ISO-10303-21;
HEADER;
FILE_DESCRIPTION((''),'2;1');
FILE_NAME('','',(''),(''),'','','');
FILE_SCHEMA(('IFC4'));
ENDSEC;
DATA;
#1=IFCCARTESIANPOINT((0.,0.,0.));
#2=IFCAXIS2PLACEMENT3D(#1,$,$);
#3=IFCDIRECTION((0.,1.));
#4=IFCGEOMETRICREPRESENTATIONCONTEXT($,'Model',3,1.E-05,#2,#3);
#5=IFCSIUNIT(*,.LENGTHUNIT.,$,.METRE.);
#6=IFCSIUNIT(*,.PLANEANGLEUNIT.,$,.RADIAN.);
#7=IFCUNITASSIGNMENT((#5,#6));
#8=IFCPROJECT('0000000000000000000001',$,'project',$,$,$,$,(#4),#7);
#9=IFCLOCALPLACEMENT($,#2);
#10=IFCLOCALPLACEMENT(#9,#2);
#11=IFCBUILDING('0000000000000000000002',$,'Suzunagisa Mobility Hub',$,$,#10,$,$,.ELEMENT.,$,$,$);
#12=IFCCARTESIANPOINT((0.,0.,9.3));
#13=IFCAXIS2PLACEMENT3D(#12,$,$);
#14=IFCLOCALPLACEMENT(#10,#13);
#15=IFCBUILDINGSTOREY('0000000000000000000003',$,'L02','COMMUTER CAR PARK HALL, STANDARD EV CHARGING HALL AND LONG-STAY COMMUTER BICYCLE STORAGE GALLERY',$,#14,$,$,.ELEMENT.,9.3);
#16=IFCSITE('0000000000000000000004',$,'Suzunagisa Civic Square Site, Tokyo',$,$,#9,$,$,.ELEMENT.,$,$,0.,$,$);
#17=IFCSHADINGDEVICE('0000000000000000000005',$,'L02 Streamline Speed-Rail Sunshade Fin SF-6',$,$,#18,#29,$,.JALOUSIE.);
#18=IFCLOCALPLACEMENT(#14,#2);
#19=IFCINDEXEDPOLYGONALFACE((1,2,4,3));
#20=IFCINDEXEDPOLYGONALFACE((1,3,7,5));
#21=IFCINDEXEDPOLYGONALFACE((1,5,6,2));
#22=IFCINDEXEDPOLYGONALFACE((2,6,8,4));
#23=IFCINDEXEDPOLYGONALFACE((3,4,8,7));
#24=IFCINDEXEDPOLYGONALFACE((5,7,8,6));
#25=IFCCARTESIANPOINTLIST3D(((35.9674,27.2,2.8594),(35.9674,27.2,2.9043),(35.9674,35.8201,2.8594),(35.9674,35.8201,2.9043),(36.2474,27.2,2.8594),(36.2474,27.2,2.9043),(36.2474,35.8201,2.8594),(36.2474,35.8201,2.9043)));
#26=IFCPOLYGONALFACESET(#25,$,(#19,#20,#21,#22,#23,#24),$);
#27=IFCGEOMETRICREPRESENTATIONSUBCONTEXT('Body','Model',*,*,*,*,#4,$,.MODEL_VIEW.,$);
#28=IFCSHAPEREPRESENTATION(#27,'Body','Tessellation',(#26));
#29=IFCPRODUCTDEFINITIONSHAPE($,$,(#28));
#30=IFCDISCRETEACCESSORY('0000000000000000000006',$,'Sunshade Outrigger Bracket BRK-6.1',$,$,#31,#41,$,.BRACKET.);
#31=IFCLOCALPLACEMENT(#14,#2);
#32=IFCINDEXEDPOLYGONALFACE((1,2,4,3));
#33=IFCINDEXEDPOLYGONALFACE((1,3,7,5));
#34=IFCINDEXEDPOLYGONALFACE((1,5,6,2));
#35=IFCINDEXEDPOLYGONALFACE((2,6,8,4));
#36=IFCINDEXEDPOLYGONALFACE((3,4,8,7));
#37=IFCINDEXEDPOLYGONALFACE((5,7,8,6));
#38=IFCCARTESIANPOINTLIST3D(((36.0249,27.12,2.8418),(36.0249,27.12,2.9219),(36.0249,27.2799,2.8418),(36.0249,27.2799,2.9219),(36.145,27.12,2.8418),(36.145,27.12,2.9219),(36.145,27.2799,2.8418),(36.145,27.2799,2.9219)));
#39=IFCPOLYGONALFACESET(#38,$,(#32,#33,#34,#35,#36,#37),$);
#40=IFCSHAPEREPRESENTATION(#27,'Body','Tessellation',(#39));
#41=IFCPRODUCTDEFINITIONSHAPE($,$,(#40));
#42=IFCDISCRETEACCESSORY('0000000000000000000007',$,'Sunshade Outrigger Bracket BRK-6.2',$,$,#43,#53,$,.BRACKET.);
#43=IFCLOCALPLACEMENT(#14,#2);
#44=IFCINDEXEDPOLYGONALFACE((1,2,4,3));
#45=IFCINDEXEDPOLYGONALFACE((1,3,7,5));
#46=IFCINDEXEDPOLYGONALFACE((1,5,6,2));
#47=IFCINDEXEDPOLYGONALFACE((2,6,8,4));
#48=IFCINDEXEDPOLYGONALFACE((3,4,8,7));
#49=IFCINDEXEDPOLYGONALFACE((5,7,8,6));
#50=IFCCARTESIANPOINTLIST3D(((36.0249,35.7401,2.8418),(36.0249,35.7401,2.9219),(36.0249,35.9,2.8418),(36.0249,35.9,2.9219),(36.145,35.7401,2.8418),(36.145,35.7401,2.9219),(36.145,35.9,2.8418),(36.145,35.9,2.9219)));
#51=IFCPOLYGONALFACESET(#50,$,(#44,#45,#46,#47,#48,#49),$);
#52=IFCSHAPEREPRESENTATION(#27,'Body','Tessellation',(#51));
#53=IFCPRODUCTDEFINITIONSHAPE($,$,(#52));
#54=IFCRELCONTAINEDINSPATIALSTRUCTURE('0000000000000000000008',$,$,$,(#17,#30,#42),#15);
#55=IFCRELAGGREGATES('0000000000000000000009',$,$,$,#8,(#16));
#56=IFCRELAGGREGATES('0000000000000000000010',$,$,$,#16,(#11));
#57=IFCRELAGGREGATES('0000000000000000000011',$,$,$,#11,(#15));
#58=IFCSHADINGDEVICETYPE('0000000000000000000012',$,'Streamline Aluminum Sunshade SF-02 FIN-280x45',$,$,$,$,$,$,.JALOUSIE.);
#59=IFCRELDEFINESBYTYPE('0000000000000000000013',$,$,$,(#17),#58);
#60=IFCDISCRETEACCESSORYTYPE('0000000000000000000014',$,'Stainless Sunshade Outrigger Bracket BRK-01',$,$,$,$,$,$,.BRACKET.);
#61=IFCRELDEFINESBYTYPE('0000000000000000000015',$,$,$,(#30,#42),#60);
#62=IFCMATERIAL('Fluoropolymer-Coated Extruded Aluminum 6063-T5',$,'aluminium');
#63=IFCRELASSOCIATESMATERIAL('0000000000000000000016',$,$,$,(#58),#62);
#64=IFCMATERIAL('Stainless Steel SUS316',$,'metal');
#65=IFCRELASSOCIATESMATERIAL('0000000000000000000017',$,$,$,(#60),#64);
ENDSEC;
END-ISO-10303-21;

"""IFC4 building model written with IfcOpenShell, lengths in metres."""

from ifc_helpers import new_model, si_unit, direction, frame, origin, origin_2d, place, context, subcontext, project, spatial, rectangle, extrude, material, material_profile, profile_set, type_object, element, save


model = new_model("IFC4")

# Units and contexts
model_context = context("Model", 3, precision=1e-05, world=origin(), true_north=direction((0.0, 1.0)))
body_context = subcontext(model_context, "Body", "Model", "MODEL_VIEW")
ifc_project = project(units=[si_unit("LENGTHUNIT", "METRE"), si_unit("PLANEANGLEUNIT", "RADIAN")], contexts=[model_context])

# Site, building, storey
site_placement = place(None, origin())
site = spatial("IfcSite", under=ifc_project, at=site_placement, Name="Suzunagisa Civic Square Site, Tokyo", CompositionType="ELEMENT", RefElevation=0.0)
building_placement = place(site_placement, origin())
building = spatial("IfcBuilding", under=site, at=building_placement, Name="Suzunagisa Mobility Hub", CompositionType="ELEMENT")
storey_placement = place(building_placement, frame((0.0, 0.0, 9.3)))
storey = spatial("IfcBuildingStorey", under=building, at=storey_placement, Name="L02", Description="COMMUTER CAR PARK HALL, STANDARD EV CHARGING HALL AND LONG-STAY COMMUTER BICYCLE STORAGE GALLERY", CompositionType="ELEMENT", Elevation=9.3)

# Shading device
ifc_material_1 = material(Name="Fluoropolymer-Coated Extruded Aluminum 6063-T5", Category="aluminium")
ifc_material_profile_1 = material_profile(ifc_material_1, rectangle(XDim=0.28, YDim=0.0449, at=origin_2d()), Name="FIN-280x45")
ifc_profile_set_1 = profile_set([ifc_material_profile_1], Name="Fluoropolymer-Coated Extruded Aluminum 6063-T5")
shading_device_type = type_object("IfcShadingDeviceType", Name="Streamline Aluminum Sunshade SF-02 FIN-280x45", PredefinedType="JALOUSIE", material=ifc_profile_set_1)
shading_device_placement = place(storey_placement, frame((36.1074, 27.2, 2.8818), z_axis=(0.0, 1.0, 0.0), x_axis=(-1.0, 0.0, 0.0)))
element("IfcShadingDevice", 1, at=shading_device_placement, inside=storey, type_object=shading_device_type, Name="L02 Streamline Speed-Rail Sunshade Fin SF-6", PredefinedType="JALOUSIE", context=body_context, shape_type="SweptSolid", body=[
    extrude(rectangle(XDim=0.28, YDim=0.0449, at=origin_2d()), origin(), (0.0, 0.0, 1.0), 8.6201),
])

# Discrete accessories
ifc_material_2 = material(Name="Stainless Steel SUS316", Category="metal")
discrete_accessory_type = type_object("IfcDiscreteAccessoryType", Name="Stainless Sunshade Outrigger Bracket BRK-01", PredefinedType="BRACKET", material=ifc_material_2)
for number, where, z_axis, x_axis, name in (
    (2, (36.085, 27.2, 2.8418), (0.0, 0.0, 1.0), (0.0, 1.0, 0.0), "Sunshade Outrigger Bracket BRK-6.1"),
    (3, (36.085, 35.8201, 2.8418), (0.0, 0.0, 1.0), (0.0, 1.0, 0.0), "Sunshade Outrigger Bracket BRK-6.2"),
):
    element("IfcDiscreteAccessory", number, at=place(storey_placement, frame(where, z_axis=z_axis, x_axis=x_axis)), inside=storey, type_object=discrete_accessory_type, Name=name, PredefinedType="BRACKET", context=body_context, shape_type="SweptSolid", body=[
        extrude(rectangle(XDim=0.1599, YDim=0.1201, at=origin_2d()), origin(), (0.0, 0.0, 1.0), 0.0801),
    ])

save(model, "model.ifc")
